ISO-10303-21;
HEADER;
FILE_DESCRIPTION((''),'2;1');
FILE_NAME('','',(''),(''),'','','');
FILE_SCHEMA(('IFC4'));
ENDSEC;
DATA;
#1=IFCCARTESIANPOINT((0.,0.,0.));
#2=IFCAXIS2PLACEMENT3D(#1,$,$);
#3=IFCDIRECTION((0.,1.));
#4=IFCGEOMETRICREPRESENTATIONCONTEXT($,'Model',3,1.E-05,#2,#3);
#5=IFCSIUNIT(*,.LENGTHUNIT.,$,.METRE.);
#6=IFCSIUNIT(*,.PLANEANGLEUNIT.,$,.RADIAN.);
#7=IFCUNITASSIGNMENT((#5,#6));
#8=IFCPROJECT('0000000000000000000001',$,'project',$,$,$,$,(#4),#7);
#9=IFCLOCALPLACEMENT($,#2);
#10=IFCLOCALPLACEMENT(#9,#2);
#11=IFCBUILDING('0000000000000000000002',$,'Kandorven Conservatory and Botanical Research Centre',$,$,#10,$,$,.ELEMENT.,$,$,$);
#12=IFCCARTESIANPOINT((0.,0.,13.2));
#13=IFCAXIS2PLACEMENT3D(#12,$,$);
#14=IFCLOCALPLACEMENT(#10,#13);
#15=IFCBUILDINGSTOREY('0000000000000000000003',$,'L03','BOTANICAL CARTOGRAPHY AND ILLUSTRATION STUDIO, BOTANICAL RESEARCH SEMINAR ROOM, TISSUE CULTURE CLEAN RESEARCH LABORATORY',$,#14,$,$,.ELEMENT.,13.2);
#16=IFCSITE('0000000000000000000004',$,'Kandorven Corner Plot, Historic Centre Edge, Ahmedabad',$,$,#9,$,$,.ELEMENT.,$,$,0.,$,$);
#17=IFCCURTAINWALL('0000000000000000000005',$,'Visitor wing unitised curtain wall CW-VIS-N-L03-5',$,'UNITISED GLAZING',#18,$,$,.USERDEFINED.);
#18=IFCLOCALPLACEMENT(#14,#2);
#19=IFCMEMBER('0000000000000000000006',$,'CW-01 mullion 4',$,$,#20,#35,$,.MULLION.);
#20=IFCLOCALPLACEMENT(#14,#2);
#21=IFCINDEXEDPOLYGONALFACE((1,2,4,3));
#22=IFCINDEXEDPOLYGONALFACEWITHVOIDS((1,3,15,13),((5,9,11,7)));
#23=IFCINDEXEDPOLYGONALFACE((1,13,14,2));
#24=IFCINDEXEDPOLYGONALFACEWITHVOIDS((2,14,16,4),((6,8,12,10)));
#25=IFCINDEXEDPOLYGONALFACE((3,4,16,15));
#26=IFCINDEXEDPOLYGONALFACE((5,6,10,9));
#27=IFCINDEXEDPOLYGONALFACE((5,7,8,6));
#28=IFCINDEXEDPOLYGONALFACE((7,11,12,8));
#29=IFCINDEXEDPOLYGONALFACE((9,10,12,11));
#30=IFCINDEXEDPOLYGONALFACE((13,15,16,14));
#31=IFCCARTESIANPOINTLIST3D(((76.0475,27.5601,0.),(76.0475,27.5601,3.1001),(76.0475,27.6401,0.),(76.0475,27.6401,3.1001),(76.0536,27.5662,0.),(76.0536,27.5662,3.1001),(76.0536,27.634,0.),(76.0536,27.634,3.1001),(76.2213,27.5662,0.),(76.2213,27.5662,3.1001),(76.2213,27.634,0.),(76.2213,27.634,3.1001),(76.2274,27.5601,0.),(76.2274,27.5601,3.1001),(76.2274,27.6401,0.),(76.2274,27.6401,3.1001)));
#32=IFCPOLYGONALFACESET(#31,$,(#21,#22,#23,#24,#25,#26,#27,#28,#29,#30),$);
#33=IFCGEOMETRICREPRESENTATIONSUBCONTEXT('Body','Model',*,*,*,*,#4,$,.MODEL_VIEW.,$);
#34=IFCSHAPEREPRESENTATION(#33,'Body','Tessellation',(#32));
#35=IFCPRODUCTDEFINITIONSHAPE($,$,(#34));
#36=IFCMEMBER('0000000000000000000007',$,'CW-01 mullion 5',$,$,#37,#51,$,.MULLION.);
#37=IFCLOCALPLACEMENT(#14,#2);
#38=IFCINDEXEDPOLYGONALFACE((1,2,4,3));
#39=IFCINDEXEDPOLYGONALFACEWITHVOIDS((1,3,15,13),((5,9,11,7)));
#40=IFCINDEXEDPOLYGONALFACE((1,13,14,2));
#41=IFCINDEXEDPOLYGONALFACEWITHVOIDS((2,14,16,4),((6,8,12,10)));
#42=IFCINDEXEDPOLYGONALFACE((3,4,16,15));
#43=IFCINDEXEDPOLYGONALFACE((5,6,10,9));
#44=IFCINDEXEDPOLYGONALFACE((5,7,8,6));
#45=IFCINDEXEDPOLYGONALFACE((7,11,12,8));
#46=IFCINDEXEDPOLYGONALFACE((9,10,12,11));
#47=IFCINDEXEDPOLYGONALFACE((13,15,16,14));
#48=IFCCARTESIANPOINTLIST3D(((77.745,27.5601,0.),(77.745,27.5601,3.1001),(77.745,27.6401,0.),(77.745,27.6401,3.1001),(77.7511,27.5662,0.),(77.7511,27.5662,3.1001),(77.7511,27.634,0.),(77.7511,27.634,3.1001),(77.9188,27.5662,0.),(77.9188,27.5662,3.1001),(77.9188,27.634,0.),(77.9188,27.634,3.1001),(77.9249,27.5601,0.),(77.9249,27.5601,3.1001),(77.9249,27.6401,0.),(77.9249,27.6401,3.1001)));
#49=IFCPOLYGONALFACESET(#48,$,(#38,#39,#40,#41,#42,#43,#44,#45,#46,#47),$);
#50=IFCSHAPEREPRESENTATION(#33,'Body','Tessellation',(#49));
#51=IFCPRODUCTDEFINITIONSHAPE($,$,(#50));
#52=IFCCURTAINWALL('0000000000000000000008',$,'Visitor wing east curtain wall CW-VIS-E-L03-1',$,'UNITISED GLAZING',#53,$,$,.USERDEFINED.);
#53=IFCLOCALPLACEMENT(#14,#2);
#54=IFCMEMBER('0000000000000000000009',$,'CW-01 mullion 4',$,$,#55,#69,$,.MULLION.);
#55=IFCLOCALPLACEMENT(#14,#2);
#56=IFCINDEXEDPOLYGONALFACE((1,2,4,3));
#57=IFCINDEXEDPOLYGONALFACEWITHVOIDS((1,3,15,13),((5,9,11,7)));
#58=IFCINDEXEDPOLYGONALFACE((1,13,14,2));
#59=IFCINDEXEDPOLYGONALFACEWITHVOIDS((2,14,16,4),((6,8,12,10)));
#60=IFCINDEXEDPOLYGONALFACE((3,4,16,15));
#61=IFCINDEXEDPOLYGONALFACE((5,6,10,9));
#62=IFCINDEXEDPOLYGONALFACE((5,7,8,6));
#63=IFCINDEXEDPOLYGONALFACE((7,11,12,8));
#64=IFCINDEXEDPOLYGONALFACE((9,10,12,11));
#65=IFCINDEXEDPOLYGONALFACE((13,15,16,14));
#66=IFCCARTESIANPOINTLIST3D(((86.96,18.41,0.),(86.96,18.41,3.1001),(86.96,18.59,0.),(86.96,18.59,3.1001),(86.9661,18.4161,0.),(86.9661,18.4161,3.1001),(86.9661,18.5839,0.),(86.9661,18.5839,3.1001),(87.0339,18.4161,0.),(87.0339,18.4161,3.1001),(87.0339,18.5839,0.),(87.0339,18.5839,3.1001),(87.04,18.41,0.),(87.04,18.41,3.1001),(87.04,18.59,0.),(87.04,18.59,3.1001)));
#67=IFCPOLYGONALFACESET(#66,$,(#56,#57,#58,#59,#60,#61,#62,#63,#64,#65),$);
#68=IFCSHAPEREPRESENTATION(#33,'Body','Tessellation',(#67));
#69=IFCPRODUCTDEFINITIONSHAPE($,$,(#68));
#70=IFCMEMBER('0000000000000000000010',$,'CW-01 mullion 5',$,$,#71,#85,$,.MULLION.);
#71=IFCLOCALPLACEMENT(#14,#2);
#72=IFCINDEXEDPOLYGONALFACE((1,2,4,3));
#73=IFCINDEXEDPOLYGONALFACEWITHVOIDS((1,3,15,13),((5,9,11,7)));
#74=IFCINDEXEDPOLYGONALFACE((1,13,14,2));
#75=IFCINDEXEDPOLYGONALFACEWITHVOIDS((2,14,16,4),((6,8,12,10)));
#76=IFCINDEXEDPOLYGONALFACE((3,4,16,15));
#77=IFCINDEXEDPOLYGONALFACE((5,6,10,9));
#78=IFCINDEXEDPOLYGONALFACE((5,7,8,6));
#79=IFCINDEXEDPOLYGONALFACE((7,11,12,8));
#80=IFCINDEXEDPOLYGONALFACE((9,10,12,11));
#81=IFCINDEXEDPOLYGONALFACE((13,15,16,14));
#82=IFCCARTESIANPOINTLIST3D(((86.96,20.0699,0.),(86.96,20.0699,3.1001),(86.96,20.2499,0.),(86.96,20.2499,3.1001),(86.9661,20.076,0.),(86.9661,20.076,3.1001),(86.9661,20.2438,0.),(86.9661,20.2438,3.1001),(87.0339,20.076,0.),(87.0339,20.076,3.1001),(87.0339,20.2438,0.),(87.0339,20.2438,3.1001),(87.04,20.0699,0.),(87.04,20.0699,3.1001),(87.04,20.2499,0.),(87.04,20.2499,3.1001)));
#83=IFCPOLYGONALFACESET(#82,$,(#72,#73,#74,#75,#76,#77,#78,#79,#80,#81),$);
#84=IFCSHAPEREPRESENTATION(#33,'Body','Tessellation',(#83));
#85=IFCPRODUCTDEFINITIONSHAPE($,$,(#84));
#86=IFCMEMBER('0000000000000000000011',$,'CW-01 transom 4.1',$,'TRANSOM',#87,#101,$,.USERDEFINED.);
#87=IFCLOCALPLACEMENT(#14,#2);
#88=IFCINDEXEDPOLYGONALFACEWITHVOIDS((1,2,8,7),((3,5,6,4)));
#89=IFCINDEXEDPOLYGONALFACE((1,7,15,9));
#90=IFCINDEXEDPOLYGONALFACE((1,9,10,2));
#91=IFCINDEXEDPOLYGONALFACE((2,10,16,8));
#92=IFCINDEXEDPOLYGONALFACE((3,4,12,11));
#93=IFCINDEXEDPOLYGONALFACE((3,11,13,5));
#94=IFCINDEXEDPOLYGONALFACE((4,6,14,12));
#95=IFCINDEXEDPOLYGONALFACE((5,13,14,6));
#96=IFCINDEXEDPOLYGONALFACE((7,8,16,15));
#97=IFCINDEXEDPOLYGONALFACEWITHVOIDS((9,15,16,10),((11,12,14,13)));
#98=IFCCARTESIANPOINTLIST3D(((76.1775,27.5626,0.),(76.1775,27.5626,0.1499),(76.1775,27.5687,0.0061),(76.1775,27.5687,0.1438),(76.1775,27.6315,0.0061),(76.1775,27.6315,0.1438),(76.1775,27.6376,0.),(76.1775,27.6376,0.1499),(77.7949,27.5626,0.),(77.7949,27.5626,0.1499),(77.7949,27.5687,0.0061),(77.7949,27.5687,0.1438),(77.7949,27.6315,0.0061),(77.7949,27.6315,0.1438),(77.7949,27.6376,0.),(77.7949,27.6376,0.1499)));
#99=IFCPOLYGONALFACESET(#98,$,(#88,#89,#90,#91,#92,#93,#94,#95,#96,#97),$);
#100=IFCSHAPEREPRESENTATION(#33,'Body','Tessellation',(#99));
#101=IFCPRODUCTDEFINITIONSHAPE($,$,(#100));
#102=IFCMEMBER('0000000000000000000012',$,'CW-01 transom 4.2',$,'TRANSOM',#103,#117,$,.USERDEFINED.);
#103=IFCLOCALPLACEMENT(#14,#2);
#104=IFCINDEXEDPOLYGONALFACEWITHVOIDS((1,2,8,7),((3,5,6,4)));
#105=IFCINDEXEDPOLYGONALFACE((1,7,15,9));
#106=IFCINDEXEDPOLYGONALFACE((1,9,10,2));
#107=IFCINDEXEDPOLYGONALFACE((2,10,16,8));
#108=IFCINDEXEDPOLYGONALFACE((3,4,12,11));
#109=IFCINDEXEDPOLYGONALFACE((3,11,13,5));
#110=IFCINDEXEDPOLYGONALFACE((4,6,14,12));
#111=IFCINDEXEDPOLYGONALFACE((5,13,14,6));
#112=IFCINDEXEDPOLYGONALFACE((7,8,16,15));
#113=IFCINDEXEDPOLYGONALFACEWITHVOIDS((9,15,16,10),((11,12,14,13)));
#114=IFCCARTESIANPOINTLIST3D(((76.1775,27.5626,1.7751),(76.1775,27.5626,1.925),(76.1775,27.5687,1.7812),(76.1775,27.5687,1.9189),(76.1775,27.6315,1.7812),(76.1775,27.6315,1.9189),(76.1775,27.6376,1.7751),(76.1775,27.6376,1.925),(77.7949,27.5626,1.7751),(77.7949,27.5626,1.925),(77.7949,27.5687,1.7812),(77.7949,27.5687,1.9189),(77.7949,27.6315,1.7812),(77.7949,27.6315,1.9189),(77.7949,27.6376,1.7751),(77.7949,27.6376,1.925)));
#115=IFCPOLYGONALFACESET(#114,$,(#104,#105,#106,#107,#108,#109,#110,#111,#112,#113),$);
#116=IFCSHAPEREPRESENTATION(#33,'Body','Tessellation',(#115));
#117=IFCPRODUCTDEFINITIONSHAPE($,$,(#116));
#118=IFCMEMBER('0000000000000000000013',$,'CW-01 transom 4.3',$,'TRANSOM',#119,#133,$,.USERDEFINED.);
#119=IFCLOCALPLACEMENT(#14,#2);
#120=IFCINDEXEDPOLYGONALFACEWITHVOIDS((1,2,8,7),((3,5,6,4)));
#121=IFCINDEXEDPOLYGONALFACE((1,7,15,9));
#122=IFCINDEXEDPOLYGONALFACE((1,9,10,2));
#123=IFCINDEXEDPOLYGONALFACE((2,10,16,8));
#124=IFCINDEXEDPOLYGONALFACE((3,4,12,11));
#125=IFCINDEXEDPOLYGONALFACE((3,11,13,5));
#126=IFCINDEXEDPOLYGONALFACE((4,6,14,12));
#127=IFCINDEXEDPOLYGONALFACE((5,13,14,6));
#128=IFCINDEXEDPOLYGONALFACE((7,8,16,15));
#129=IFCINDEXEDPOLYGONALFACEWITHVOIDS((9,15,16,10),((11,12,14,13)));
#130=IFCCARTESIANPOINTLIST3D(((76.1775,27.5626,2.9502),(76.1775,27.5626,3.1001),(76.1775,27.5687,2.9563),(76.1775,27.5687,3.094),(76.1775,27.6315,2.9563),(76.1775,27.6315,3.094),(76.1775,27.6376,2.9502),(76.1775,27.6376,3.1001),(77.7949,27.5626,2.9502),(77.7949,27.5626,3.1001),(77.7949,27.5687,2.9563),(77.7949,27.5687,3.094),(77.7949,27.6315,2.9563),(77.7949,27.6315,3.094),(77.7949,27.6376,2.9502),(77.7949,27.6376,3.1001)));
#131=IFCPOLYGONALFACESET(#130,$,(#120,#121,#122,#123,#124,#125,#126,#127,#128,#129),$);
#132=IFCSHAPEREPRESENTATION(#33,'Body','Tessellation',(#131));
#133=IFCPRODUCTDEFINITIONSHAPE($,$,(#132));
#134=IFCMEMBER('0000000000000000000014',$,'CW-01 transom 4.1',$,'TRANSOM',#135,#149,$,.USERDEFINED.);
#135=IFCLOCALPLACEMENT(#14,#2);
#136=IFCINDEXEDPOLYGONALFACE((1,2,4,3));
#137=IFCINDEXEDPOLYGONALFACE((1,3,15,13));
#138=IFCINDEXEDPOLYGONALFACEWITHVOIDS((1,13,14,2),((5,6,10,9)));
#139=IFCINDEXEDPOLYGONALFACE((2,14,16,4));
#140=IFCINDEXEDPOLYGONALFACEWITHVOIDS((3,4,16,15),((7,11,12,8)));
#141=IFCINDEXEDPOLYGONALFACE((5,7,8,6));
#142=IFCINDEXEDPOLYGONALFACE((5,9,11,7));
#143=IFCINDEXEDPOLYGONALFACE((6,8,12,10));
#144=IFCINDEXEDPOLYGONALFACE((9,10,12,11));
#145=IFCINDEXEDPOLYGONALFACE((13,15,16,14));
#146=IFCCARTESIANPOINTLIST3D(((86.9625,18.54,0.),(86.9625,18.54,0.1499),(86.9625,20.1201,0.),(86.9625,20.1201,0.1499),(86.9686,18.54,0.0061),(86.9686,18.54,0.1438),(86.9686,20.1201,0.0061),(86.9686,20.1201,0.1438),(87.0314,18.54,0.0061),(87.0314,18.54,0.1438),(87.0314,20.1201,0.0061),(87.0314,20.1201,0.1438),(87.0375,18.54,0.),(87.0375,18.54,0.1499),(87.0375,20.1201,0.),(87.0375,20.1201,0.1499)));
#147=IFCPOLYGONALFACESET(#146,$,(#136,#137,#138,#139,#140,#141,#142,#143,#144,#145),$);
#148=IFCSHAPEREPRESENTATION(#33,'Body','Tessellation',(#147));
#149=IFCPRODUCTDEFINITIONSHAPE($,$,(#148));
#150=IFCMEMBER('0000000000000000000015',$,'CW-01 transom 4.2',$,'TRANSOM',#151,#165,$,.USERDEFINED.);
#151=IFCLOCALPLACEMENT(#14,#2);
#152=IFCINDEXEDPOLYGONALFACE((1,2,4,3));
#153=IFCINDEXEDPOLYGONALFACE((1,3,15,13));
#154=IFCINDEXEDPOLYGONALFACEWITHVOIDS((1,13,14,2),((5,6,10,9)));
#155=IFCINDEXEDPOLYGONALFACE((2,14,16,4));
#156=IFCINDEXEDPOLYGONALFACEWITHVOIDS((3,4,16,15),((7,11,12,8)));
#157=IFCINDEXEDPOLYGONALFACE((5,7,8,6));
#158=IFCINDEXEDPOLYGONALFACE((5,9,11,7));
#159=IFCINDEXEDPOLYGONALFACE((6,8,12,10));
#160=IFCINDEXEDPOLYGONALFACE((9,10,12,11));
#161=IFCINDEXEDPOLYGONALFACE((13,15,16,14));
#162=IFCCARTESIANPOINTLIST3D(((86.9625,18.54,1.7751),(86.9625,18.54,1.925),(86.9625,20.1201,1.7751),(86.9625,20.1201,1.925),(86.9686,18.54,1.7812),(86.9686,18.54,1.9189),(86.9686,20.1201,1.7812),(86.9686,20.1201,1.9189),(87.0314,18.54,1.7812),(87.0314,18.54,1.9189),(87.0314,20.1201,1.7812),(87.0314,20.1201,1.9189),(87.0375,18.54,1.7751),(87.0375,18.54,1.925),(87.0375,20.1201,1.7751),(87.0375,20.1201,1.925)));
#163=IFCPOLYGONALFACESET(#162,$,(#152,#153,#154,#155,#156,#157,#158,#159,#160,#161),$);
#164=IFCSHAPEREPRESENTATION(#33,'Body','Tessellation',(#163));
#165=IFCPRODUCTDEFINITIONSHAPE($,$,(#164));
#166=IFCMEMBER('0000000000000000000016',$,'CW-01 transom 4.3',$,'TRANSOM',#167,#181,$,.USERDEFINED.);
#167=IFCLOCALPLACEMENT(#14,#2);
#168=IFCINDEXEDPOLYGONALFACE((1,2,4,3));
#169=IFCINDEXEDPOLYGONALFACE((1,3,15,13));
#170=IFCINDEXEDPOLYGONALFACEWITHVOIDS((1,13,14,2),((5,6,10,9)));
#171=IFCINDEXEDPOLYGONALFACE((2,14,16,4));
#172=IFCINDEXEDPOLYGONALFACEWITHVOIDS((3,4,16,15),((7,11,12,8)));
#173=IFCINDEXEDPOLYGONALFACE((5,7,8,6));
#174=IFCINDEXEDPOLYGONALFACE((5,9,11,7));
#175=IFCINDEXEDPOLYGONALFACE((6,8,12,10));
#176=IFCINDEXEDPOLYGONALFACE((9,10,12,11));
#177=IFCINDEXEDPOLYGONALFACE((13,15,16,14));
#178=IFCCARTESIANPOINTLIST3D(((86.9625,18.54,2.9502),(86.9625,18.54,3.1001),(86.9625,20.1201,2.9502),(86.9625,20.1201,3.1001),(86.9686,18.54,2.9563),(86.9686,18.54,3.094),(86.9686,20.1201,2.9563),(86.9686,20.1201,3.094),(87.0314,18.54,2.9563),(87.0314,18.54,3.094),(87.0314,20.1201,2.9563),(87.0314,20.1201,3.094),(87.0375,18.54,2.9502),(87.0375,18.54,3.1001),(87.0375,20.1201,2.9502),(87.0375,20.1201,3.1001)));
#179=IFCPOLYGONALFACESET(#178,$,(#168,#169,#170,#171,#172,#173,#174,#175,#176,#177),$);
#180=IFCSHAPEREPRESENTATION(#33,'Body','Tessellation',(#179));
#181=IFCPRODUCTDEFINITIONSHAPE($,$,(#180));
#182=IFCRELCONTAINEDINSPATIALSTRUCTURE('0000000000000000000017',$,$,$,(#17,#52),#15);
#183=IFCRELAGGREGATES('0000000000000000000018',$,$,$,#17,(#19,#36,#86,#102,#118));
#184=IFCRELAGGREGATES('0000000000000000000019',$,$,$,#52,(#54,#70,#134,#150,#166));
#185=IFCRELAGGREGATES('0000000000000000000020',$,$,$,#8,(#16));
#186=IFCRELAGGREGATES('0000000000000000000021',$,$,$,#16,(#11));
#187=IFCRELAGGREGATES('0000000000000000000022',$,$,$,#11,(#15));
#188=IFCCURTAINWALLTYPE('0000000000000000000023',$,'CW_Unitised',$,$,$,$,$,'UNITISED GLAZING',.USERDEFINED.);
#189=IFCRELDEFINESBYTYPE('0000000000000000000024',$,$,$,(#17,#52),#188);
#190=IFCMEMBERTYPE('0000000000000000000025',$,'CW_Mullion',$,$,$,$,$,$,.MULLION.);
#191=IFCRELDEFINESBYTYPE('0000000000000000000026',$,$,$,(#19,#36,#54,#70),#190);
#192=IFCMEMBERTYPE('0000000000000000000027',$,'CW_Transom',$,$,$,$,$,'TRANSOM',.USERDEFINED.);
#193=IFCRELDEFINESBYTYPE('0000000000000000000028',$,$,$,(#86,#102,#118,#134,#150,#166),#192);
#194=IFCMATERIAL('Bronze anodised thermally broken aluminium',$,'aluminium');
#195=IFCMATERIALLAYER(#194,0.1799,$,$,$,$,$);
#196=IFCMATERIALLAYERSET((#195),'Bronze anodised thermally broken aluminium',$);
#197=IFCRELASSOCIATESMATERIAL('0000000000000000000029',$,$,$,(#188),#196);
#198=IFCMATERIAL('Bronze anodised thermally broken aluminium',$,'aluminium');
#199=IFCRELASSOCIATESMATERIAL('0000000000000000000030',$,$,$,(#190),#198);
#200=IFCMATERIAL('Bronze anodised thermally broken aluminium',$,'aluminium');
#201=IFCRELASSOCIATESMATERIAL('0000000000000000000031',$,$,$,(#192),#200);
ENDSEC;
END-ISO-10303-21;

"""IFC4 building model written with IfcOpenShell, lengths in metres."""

from ifc_helpers import new_model, si_unit, direction, frame, origin, origin_2d, place, context, subcontext, project, spatial, hollow_rectangle, extrude, material, layer, layer_set, material_profile, profile_set, type_object, element, aggregate, save


model = new_model("IFC4")

# Units and contexts
model_context = context("Model", 3, precision=1e-05, world=origin(), true_north=direction((0.0, 1.0)))
body_context = subcontext(model_context, "Body", "Model", "MODEL_VIEW")
ifc_project = project(units=[si_unit("LENGTHUNIT", "METRE"), si_unit("PLANEANGLEUNIT", "RADIAN")], contexts=[model_context])

# Site, building, storey
site_placement = place(None, origin())
site = spatial("IfcSite", under=ifc_project, at=site_placement, Name="Kandorven Corner Plot, Historic Centre Edge, Ahmedabad", CompositionType="ELEMENT", RefElevation=0.0)
building_placement = place(site_placement, origin())
building = spatial("IfcBuilding", under=site, at=building_placement, Name="Kandorven Conservatory and Botanical Research Centre", CompositionType="ELEMENT")
storey_placement = place(building_placement, frame((0.0, 0.0, 13.2)))
storey = spatial("IfcBuildingStorey", under=building, at=storey_placement, Name="L03", Description="BOTANICAL CARTOGRAPHY AND ILLUSTRATION STUDIO, BOTANICAL RESEARCH SEMINAR ROOM, TISSUE CULTURE CLEAN RESEARCH LABORATORY", CompositionType="ELEMENT", Elevation=13.2)

# Curtain walls, members
ifc_material_1 = material(Name="Bronze anodised thermally broken aluminium", Category="aluminium")
ifc_layer_1 = layer(ifc_material_1, 0.1799)
ifc_layer_set_1 = layer_set([ifc_layer_1], Name="Bronze anodised thermally broken aluminium")
curtain_wall_type = type_object("IfcCurtainWallType", Name="CW_Unitised", ElementType="UNITISED GLAZING", PredefinedType="USERDEFINED", material=ifc_layer_set_1)
curtain_wall_1_placement = place(storey_placement, origin())
curtain_wall_1 = element("IfcCurtainWall", 1, at=curtain_wall_1_placement, inside=storey, type_object=curtain_wall_type, Name="Visitor wing unitised curtain wall CW-VIS-N-L03-5", ObjectType="UNITISED GLAZING", PredefinedType="USERDEFINED")
ifc_material_2 = material(Name="Bronze anodised thermally broken aluminium", Category="aluminium")
ifc_material_profile_1 = material_profile(ifc_material_2, hollow_rectangle(XDim=0.0801, YDim=0.1799, WallThickness=0.0061, at=origin_2d()))
ifc_profile_set_1 = profile_set([ifc_material_profile_1], Name="Bronze anodised thermally broken aluminium")
member_type_1 = type_object("IfcMemberType", Name="CW_Mullion", PredefinedType="MULLION", material=ifc_profile_set_1)
member_1_placement = place(storey_placement, frame((76.1375, 27.6001, 0.0), z_axis=(0.0, 0.0, 1.0), x_axis=(0.0, 1.0, 0.0)))
member_1 = element("IfcMember", 2, at=member_1_placement, type_object=member_type_1, Name="CW-01 mullion 4", PredefinedType="MULLION", context=body_context, shape_type="SweptSolid", body=[
    extrude(hollow_rectangle(XDim=0.0801, YDim=0.1799, WallThickness=0.0061, at=origin_2d()), origin(), (0.0, 0.0, 1.0), 3.1001),
])
member_2_placement = place(storey_placement, frame((77.835, 27.6001, 0.0), z_axis=(0.0, 0.0, 1.0), x_axis=(0.0, 1.0, 0.0)))
member_2 = element("IfcMember", 3, at=member_2_placement, type_object=member_type_1, Name="CW-01 mullion 5", PredefinedType="MULLION", context=body_context, shape_type="SweptSolid", body=[
    extrude(hollow_rectangle(XDim=0.0801, YDim=0.1799, WallThickness=0.0061, at=origin_2d()), origin(), (0.0, 0.0, 1.0), 3.1001),
])
curtain_wall_2_placement = place(storey_placement, origin())
curtain_wall_2 = element("IfcCurtainWall", 4, at=curtain_wall_2_placement, inside=storey, type_object=curtain_wall_type, Name="Visitor wing east curtain wall CW-VIS-E-L03-1", ObjectType="UNITISED GLAZING", PredefinedType="USERDEFINED")
member_3_placement = place(storey_placement, frame((87.0, 18.5, 0.0), z_axis=(0.0, 0.0, 1.0), x_axis=(-1.0, 0.0, 0.0)))
member_3 = element("IfcMember", 5, at=member_3_placement, type_object=member_type_1, Name="CW-01 mullion 4", PredefinedType="MULLION", context=body_context, shape_type="SweptSolid", body=[
    extrude(hollow_rectangle(XDim=0.0801, YDim=0.1799, WallThickness=0.0061, at=origin_2d()), origin(), (0.0, 0.0, 1.0), 3.1001),
])
member_4_placement = place(storey_placement, frame((87.0, 20.1599, 0.0), z_axis=(0.0, 0.0, 1.0), x_axis=(-1.0, 0.0, 0.0)))
member_4 = element("IfcMember", 6, at=member_4_placement, type_object=member_type_1, Name="CW-01 mullion 5", PredefinedType="MULLION", context=body_context, shape_type="SweptSolid", body=[
    extrude(hollow_rectangle(XDim=0.0801, YDim=0.1799, WallThickness=0.0061, at=origin_2d()), origin(), (0.0, 0.0, 1.0), 3.1001),
])

# Members
ifc_material_3 = material(Name="Bronze anodised thermally broken aluminium", Category="aluminium")
ifc_material_profile_2 = material_profile(ifc_material_3, hollow_rectangle(XDim=0.075, YDim=0.1499, WallThickness=0.0061, at=origin_2d()))
ifc_profile_set_2 = profile_set([ifc_material_profile_2], Name="Bronze anodised thermally broken aluminium")
member_type_2 = type_object("IfcMemberType", Name="CW_Transom", ElementType="TRANSOM", PredefinedType="USERDEFINED", material=ifc_profile_set_2)
member_5_placement = place(storey_placement, frame((76.1775, 27.6001, 0.075), z_axis=(1.0, 0.0, 0.0), x_axis=(0.0, 1.0, 0.0)))
member_5 = element("IfcMember", 7, at=member_5_placement, type_object=member_type_2, Name="CW-01 transom 4.1", ObjectType="TRANSOM", PredefinedType="USERDEFINED", context=body_context, shape_type="SweptSolid", body=[
    extrude(hollow_rectangle(XDim=0.075, YDim=0.1499, WallThickness=0.0061, at=origin_2d()), origin(), (0.0, 0.0, 1.0), 1.6174),
])
member_6_placement = place(storey_placement, frame((76.1775, 27.6001, 1.8501), z_axis=(1.0, 0.0, 0.0), x_axis=(0.0, 1.0, 0.0)))
member_6 = element("IfcMember", 8, at=member_6_placement, type_object=member_type_2, Name="CW-01 transom 4.2", ObjectType="TRANSOM", PredefinedType="USERDEFINED", context=body_context, shape_type="SweptSolid", body=[
    extrude(hollow_rectangle(XDim=0.075, YDim=0.1499, WallThickness=0.0061, at=origin_2d()), origin(), (0.0, 0.0, 1.0), 1.6174),
])
member_7_placement = place(storey_placement, frame((76.1775, 27.6001, 3.0251), z_axis=(1.0, 0.0, 0.0), x_axis=(0.0, 1.0, 0.0)))
member_7 = element("IfcMember", 9, at=member_7_placement, type_object=member_type_2, Name="CW-01 transom 4.3", ObjectType="TRANSOM", PredefinedType="USERDEFINED", context=body_context, shape_type="SweptSolid", body=[
    extrude(hollow_rectangle(XDim=0.075, YDim=0.1499, WallThickness=0.0061, at=origin_2d()), origin(), (0.0, 0.0, 1.0), 1.6174),
])
member_8_placement = place(storey_placement, frame((87.0, 18.54, 0.075), z_axis=(0.0, 1.0, 0.0), x_axis=(-1.0, 0.0, 0.0)))
member_8 = element("IfcMember", 10, at=member_8_placement, type_object=member_type_2, Name="CW-01 transom 4.1", ObjectType="TRANSOM", PredefinedType="USERDEFINED", context=body_context, shape_type="SweptSolid", body=[
    extrude(hollow_rectangle(XDim=0.075, YDim=0.1499, WallThickness=0.0061, at=origin_2d()), origin(), (0.0, 0.0, 1.0), 1.5801),
])
member_9_placement = place(storey_placement, frame((87.0, 18.54, 1.8501), z_axis=(0.0, 1.0, 0.0), x_axis=(-1.0, 0.0, 0.0)))
member_9 = element("IfcMember", 11, at=member_9_placement, type_object=member_type_2, Name="CW-01 transom 4.2", ObjectType="TRANSOM", PredefinedType="USERDEFINED", context=body_context, shape_type="SweptSolid", body=[
    extrude(hollow_rectangle(XDim=0.075, YDim=0.1499, WallThickness=0.0061, at=origin_2d()), origin(), (0.0, 0.0, 1.0), 1.5801),
])
member_10_placement = place(storey_placement, frame((87.0, 18.54, 3.0251), z_axis=(0.0, 1.0, 0.0), x_axis=(-1.0, 0.0, 0.0)))
member_10 = element("IfcMember", 12, at=member_10_placement, type_object=member_type_2, Name="CW-01 transom 4.3", ObjectType="TRANSOM", PredefinedType="USERDEFINED", context=body_context, shape_type="SweptSolid", body=[
    extrude(hollow_rectangle(XDim=0.075, YDim=0.1499, WallThickness=0.0061, at=origin_2d()), origin(), (0.0, 0.0, 1.0), 1.5801),
])

aggregate(curtain_wall_1, [member_1, member_2, member_5, member_6, member_7])
aggregate(curtain_wall_2, [member_3, member_4, member_8, member_9, member_10])

save(model, "model.ifc")
